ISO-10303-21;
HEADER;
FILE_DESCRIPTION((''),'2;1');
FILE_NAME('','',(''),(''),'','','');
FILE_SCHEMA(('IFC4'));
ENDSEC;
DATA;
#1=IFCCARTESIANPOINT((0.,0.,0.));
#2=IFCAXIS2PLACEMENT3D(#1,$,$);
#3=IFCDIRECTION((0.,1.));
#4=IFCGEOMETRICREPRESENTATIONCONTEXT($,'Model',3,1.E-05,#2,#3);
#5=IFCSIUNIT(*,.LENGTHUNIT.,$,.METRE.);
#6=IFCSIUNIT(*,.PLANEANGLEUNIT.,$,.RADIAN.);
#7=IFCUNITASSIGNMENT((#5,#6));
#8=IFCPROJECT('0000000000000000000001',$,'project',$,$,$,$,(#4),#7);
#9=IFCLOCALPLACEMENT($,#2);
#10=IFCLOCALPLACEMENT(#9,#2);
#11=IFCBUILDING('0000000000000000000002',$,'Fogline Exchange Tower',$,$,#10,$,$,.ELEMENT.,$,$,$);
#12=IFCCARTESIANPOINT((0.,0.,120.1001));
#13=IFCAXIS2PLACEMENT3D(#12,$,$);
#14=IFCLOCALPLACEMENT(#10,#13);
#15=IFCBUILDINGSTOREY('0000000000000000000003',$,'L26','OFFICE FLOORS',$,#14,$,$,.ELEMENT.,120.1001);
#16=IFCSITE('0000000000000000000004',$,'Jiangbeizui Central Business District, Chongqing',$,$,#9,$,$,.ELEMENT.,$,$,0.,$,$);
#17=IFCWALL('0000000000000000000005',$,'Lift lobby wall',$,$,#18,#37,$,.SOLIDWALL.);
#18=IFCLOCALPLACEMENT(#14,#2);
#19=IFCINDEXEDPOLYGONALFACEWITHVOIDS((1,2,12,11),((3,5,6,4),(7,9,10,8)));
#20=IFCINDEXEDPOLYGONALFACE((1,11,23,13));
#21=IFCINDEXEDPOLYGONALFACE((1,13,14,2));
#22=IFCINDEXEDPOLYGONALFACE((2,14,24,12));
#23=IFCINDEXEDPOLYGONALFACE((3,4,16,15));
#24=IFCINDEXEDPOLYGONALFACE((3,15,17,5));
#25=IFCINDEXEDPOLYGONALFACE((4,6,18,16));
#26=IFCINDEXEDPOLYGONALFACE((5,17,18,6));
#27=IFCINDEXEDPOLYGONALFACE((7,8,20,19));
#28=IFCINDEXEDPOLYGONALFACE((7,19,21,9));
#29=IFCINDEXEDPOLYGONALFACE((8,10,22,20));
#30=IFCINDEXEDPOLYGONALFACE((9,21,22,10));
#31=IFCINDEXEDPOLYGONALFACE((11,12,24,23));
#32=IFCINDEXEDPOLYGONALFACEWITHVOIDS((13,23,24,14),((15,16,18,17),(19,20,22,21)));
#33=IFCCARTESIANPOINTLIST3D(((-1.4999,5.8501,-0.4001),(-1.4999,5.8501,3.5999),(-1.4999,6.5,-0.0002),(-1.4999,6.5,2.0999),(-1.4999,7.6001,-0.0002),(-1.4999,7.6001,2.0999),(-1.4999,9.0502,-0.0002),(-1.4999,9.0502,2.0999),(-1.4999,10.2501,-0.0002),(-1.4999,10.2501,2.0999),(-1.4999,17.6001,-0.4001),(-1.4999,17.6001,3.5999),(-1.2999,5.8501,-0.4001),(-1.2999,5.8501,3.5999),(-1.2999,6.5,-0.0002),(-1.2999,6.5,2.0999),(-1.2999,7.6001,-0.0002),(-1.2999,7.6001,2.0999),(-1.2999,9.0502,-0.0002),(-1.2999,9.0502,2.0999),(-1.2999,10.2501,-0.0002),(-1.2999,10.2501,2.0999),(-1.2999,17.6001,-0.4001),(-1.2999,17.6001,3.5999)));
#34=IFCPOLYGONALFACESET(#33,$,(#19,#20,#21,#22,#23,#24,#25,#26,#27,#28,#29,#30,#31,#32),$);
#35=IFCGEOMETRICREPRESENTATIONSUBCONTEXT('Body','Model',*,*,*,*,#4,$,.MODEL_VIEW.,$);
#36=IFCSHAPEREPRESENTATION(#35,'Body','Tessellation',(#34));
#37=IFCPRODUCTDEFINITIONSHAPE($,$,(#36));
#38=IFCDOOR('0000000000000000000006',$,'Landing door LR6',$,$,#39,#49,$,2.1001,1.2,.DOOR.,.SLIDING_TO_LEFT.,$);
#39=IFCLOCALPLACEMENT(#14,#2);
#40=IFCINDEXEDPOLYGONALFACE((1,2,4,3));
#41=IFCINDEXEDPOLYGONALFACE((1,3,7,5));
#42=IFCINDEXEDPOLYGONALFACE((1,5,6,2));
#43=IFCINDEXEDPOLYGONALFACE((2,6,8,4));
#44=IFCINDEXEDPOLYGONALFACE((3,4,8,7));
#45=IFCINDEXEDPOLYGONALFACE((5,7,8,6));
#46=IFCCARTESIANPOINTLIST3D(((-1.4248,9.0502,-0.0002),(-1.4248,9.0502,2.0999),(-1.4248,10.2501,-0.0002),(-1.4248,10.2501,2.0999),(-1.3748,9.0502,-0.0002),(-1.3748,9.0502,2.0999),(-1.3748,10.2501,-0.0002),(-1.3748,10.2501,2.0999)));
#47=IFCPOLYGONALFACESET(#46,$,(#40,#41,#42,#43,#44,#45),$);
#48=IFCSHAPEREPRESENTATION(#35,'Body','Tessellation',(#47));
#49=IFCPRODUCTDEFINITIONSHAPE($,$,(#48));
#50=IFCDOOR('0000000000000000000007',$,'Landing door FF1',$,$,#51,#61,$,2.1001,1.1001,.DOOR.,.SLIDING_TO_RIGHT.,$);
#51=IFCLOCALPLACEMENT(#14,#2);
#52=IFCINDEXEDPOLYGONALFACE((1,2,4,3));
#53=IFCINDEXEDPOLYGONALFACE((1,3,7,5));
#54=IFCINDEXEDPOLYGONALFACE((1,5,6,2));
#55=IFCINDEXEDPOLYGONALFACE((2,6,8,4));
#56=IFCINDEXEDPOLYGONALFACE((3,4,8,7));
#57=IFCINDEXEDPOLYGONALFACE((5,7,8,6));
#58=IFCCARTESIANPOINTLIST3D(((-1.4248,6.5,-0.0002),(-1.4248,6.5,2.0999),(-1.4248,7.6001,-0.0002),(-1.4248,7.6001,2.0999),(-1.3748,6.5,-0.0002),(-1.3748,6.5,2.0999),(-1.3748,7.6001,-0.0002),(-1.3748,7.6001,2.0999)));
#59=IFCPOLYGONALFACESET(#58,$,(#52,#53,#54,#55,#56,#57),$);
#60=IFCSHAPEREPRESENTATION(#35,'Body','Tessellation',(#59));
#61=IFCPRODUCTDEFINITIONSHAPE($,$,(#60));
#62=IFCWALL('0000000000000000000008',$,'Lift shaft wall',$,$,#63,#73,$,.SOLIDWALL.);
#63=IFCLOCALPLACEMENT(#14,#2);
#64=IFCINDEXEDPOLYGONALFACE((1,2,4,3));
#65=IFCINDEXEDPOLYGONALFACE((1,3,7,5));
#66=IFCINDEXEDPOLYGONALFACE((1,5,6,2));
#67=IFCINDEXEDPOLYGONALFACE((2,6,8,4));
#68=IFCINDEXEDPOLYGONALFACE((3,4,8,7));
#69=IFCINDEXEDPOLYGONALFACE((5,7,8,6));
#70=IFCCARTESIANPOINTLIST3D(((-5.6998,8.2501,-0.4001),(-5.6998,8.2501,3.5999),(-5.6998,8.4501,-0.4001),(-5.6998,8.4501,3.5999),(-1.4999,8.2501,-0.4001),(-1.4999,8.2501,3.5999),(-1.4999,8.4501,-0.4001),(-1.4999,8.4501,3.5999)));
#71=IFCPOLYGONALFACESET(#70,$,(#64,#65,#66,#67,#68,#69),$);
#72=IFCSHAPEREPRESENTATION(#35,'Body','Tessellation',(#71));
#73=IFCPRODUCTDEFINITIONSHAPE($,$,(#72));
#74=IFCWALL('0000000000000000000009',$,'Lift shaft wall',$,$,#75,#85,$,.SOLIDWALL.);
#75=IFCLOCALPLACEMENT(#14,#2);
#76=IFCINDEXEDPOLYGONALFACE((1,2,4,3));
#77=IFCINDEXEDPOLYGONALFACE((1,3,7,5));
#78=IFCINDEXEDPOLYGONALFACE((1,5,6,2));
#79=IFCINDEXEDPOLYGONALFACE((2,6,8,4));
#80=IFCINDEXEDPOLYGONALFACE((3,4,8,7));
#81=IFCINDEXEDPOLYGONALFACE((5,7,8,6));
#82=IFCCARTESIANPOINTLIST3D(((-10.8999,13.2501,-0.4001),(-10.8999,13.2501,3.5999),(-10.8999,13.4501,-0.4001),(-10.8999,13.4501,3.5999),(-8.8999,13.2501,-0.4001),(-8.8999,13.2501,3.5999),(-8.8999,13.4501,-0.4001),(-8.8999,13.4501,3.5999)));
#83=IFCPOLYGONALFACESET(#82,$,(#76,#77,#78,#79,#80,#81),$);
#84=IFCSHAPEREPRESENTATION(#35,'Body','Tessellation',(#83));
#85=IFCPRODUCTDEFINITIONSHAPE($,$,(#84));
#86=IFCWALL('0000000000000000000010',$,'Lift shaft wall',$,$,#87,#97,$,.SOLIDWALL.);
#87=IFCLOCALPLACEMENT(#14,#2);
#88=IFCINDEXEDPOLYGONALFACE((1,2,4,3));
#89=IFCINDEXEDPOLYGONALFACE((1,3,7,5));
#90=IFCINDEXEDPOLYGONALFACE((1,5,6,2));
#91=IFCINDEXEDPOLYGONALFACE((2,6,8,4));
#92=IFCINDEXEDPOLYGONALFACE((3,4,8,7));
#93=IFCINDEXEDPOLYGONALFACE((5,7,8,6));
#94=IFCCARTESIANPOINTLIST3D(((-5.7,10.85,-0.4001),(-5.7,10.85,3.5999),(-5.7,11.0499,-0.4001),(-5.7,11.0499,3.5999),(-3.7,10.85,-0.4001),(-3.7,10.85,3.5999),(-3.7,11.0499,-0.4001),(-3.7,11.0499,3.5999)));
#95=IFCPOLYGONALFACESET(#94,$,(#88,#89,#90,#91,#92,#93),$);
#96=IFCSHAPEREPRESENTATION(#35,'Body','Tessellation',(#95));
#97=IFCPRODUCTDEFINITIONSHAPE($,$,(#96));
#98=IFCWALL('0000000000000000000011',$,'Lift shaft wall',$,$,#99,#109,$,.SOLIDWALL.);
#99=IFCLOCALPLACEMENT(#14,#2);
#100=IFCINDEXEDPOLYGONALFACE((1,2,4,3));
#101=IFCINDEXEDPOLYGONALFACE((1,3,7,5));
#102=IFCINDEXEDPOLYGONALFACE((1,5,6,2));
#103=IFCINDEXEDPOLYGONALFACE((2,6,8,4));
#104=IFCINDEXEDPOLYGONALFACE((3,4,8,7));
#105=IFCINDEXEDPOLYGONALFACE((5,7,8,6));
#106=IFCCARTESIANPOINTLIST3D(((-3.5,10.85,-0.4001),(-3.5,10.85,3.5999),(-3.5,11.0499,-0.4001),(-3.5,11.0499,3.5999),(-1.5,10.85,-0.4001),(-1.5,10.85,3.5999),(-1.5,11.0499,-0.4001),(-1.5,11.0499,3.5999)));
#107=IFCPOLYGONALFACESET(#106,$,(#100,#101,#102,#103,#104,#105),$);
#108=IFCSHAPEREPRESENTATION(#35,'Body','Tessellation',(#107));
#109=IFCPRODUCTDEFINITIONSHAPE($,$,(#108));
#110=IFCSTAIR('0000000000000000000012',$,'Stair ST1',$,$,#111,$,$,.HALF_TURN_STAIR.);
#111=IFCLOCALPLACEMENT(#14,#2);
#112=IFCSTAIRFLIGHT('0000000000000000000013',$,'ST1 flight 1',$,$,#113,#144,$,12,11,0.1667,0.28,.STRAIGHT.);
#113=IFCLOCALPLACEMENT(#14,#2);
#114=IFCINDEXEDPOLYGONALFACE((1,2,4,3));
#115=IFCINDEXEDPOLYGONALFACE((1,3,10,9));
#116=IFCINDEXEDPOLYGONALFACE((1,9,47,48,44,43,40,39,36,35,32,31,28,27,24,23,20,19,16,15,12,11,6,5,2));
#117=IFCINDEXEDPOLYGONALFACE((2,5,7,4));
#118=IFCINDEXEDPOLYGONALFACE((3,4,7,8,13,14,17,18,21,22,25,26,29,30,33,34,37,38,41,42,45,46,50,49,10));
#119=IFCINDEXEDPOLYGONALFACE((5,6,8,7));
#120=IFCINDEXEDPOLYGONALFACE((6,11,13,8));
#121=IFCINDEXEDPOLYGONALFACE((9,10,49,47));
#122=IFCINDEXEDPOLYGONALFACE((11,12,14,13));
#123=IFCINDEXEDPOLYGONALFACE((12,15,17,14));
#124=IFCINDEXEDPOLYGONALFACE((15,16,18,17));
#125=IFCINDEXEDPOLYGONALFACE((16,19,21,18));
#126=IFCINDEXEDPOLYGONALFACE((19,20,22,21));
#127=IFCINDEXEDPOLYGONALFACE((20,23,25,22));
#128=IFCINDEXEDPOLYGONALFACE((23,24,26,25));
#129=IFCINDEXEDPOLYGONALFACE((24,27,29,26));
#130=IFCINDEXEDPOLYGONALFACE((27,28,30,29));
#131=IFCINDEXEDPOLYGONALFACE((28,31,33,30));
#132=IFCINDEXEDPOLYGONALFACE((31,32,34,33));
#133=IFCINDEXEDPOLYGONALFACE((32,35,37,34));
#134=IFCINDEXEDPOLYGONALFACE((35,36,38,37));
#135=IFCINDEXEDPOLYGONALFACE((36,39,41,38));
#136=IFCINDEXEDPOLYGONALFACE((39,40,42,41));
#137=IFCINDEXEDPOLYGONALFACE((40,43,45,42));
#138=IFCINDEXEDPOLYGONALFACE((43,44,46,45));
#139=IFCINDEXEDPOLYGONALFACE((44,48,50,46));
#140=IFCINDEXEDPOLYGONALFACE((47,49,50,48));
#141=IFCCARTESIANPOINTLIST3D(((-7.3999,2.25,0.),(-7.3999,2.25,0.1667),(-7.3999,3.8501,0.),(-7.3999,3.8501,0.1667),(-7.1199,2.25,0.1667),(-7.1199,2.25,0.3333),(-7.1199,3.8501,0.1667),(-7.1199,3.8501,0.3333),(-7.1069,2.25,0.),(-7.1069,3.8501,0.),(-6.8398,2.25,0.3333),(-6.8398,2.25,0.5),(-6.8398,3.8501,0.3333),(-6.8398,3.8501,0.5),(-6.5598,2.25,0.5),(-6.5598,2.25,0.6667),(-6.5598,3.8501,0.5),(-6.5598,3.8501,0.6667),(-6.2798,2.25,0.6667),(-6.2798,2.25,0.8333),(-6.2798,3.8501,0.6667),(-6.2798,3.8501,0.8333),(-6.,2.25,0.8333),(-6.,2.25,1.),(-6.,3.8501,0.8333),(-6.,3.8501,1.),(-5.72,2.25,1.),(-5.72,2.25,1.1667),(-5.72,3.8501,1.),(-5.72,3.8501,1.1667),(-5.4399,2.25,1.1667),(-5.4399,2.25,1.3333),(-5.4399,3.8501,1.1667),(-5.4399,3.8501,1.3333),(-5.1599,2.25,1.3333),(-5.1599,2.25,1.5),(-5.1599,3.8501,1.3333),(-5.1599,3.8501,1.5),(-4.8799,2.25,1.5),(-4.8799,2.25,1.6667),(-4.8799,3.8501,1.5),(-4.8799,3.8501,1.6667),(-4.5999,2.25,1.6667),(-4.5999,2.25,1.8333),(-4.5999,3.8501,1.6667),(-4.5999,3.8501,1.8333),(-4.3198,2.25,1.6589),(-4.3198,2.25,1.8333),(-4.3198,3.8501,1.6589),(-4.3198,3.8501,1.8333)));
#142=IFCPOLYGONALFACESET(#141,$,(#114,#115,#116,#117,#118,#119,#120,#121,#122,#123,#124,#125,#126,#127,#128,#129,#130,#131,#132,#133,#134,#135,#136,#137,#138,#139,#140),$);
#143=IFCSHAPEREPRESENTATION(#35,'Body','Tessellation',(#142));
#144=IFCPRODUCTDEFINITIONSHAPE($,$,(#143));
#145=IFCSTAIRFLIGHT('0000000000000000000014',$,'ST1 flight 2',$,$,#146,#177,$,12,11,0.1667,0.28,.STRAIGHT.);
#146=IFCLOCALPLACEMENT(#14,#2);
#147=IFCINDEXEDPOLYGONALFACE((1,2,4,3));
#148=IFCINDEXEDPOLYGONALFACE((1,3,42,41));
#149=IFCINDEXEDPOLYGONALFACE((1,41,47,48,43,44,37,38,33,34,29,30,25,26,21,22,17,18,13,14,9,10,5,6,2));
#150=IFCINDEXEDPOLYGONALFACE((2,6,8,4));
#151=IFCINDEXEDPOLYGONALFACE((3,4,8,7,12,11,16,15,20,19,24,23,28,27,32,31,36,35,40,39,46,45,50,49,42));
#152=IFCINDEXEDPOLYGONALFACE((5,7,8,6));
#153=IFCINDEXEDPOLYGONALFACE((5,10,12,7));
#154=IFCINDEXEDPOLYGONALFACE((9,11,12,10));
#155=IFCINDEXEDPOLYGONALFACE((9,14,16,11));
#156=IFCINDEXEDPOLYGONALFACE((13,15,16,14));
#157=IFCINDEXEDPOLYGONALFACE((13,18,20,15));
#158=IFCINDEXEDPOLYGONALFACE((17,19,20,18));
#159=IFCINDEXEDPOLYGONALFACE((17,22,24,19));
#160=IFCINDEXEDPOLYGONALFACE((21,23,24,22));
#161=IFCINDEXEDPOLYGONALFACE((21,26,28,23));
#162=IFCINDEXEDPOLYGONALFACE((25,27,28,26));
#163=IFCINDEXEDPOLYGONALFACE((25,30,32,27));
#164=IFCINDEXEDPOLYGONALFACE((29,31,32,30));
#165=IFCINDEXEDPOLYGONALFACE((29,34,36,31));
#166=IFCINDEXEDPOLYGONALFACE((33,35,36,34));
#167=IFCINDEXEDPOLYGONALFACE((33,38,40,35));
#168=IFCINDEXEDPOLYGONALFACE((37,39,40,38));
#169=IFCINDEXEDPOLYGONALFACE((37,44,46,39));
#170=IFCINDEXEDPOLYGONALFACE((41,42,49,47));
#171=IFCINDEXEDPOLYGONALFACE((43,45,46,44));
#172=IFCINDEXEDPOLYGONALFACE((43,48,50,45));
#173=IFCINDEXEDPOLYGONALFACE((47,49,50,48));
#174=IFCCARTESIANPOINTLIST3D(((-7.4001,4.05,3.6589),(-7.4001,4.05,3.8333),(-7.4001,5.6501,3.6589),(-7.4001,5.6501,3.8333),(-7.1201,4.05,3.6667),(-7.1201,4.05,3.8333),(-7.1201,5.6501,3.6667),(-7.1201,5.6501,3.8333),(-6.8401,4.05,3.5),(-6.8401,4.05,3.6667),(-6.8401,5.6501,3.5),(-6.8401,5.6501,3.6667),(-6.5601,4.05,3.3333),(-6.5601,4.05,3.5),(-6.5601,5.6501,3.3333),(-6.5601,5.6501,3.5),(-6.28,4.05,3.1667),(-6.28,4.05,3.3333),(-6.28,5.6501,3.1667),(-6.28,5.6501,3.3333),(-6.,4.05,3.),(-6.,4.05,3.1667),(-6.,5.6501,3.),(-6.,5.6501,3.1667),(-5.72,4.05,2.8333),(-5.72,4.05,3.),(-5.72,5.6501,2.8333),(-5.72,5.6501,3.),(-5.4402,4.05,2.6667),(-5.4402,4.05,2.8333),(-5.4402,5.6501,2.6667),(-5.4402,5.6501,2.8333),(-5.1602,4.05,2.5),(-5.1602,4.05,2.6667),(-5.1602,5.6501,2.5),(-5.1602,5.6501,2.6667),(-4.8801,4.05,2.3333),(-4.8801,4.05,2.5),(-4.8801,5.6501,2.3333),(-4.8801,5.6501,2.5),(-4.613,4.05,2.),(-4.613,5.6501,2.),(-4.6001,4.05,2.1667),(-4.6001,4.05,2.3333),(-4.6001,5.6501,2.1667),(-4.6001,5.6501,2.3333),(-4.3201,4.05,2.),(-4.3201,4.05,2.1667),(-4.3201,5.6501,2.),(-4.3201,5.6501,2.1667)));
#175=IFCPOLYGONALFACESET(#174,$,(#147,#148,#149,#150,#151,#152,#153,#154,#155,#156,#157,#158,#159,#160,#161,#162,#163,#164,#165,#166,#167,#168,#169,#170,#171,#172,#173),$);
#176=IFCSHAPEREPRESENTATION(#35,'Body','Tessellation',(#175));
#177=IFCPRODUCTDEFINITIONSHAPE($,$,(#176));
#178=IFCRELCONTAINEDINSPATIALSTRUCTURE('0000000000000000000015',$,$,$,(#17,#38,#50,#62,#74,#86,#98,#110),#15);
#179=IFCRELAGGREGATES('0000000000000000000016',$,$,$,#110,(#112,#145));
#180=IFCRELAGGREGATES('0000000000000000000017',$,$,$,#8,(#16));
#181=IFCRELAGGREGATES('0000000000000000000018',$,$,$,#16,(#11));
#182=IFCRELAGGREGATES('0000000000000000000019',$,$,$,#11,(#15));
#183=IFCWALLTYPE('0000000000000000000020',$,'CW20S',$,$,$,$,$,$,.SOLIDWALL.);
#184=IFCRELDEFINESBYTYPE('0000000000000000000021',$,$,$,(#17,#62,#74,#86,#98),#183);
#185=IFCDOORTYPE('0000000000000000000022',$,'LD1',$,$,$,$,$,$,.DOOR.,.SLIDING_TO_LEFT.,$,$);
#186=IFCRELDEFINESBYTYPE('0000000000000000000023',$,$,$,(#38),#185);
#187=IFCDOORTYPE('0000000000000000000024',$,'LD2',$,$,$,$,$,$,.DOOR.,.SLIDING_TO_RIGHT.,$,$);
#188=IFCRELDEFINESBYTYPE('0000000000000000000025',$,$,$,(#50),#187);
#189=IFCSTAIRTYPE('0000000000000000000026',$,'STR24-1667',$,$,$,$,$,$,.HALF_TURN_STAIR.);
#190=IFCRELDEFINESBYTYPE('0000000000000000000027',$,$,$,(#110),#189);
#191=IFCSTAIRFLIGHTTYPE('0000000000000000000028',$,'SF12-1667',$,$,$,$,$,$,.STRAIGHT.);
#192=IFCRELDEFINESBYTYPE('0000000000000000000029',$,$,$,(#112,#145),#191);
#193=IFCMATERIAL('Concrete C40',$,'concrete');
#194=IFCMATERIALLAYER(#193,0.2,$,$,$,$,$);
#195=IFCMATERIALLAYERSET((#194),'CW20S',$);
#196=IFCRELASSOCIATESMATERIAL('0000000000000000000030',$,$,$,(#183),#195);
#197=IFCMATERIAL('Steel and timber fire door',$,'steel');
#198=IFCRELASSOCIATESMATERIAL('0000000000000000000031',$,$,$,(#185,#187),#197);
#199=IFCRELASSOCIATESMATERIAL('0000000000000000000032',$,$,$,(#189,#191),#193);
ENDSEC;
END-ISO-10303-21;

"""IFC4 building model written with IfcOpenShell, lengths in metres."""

from ifc_helpers import new_model, si_unit, direction, frame, frame_2d, origin, place, context, subcontext, project, spatial, polyline, rectangle, outline, extrude, material, layer, layer_set, type_object, element, fill, aggregate, save


model = new_model("IFC4")

# Units and contexts
model_context = context("Model", 3, precision=1e-05, world=origin(), true_north=direction((0.0, 1.0)))
body_context = subcontext(model_context, "Body", "Model", "MODEL_VIEW")
ifc_project = project(units=[si_unit("LENGTHUNIT", "METRE"), si_unit("PLANEANGLEUNIT", "RADIAN")], contexts=[model_context])

# Site, building, storey
site_placement = place(None, origin())
site = spatial("IfcSite", under=ifc_project, at=site_placement, Name="Jiangbeizui Central Business District, Chongqing", CompositionType="ELEMENT", RefElevation=0.0)
building_placement = place(site_placement, origin())
building = spatial("IfcBuilding", under=site, at=building_placement, Name="Fogline Exchange Tower", CompositionType="ELEMENT")
storey_placement = place(building_placement, frame((0.0, 0.0, 120.1001)))
storey = spatial("IfcBuildingStorey", under=building, at=storey_placement, Name="L26", Description="OFFICE FLOORS", CompositionType="ELEMENT", Elevation=120.1001)

# Shared definitions
ifc_material_1 = material(Name="Steel and timber fire door", Category="steel")

# Shared definitions
ifc_material_2 = material(Name="Concrete C40", Category="concrete")

# Shared definitions
ifc_layer_1 = layer(ifc_material_2, 0.2)
ifc_layer_set_1 = layer_set([ifc_layer_1], Name="CW20S")
wall_type_1 = type_object("IfcWallType", Name="CW20S", PredefinedType="SOLIDWALL", material=ifc_layer_set_1)
door_type_1 = type_object("IfcDoorType", Name="LD1", OperationType="SLIDING_TO_LEFT", PredefinedType="DOOR", material=ifc_material_1)

# Wall, openings, doors
wall_1_placement = place(storey_placement, frame((-1.3999, 5.8501, -0.4001), z_axis=(0.0, 0.0, 1.0), x_axis=(0.0, 1.0, 0.0)))
wall_1 = element("IfcWall", 1, at=wall_1_placement, inside=storey, type_object=wall_type_1, Name="Lift lobby wall", PredefinedType="SOLIDWALL", context=body_context, shape_type="SweptSolid", body=[
    extrude(rectangle(XDim=11.75, YDim=0.2, at=frame_2d((5.875, 0.0))), origin(), (0.0, 0.0, 1.0), 4.0),
])
opening_1_placement = place(wall_1_placement, frame((3.2, 0.0, 0.3999)))
opening_1 = element("IfcOpeningElement", 2, at=opening_1_placement, cuts=wall_1, PredefinedType="OPENING", context=body_context, shape_type="SweptSolid", body=[
    extrude(rectangle(XDim=1.2, YDim=2.1001, at=frame_2d((0.6001, 1.05))), frame((0.0, 0.1099, 0.0), z_axis=(0.0, -1.0, 0.0), x_axis=(1.0, 0.0, 0.0)), (0.0, 0.0, 1.0), 0.22),
])
opening_2_placement = place(wall_1_placement, frame((0.6499, 0.0, 0.3999)))
opening_2 = element("IfcOpeningElement", 3, at=opening_2_placement, cuts=wall_1, PredefinedType="OPENING", context=body_context, shape_type="SweptSolid", body=[
    extrude(rectangle(XDim=1.1001, YDim=2.1001, at=frame_2d((0.55, 1.05))), frame((0.0, 0.1099, 0.0), z_axis=(0.0, -1.0, 0.0), x_axis=(1.0, 0.0, 0.0)), (0.0, 0.0, 1.0), 0.22),
])
door_1_placement = place(opening_1_placement, origin())
door_1 = element("IfcDoor", 4, at=door_1_placement, inside=storey, type_object=door_type_1, Name="Landing door LR6", OperationType="SLIDING_TO_LEFT", OverallHeight=2.1001, OverallWidth=1.2, PredefinedType="DOOR", context=body_context, shape_type="SweptSolid", body=[
    extrude(rectangle(XDim=1.2, YDim=2.1001, at=frame_2d((0.6001, 1.05))), frame((0.0, 0.0249, 0.0), z_axis=(0.0, -1.0, 0.0), x_axis=(1.0, 0.0, 0.0)), (0.0, 0.0, 1.0), 0.05),
])
fill(opening_1, door_1)
door_type_2 = type_object("IfcDoorType", Name="LD2", OperationType="SLIDING_TO_RIGHT", PredefinedType="DOOR", material=ifc_material_1)
door_2_placement = place(opening_2_placement, origin())
door_2 = element("IfcDoor", 5, at=door_2_placement, inside=storey, type_object=door_type_2, Name="Landing door FF1", OperationType="SLIDING_TO_RIGHT", OverallHeight=2.1001, OverallWidth=1.1001, PredefinedType="DOOR", context=body_context, shape_type="SweptSolid", body=[
    extrude(rectangle(XDim=1.1001, YDim=2.1001, at=frame_2d((0.55, 1.05))), frame((0.0, 0.0249, 0.0), z_axis=(0.0, -1.0, 0.0), x_axis=(1.0, 0.0, 0.0)), (0.0, 0.0, 1.0), 0.05),
])
fill(opening_2, door_2)

# Walls
wall_2_placement = place(storey_placement, frame((-5.7, 8.3501, -0.4001), z_axis=(0.0, 0.0, 1.0), x_axis=(1.0, 0.0, 0.0)))
element("IfcWall", 6, at=wall_2_placement, inside=storey, type_object=wall_type_1, Name="Lift shaft wall", PredefinedType="SOLIDWALL", context=body_context, shape_type="SweptSolid", body=[
    extrude(rectangle(XDim=4.2, YDim=0.2, at=frame_2d((2.1001, 0.0))), origin(), (0.0, 0.0, 1.0), 4.0),
])
for number, where, z_axis, x_axis, name in (
    (7, (-10.8999, 13.3501, -0.4001), (0.0, 0.0, 1.0), (1.0, 0.0, 0.0), "Lift shaft wall"),
    (8, (-5.7, 10.95, -0.4001), (0.0, 0.0, 1.0), (1.0, 0.0, 0.0), "Lift shaft wall"),
    (9, (-3.5, 10.95, -0.4001), (0.0, 0.0, 1.0), (1.0, 0.0, 0.0), "Lift shaft wall"),
):
    element("IfcWall", number, at=place(storey_placement, frame(where, z_axis=z_axis, x_axis=x_axis)), inside=storey, type_object=wall_type_1, Name=name, PredefinedType="SOLIDWALL", context=body_context, shape_type="SweptSolid", body=[
        extrude(rectangle(XDim=2.0, YDim=0.2, at=frame_2d((1.0, 0.0))), origin(), (0.0, 0.0, 1.0), 4.0),
    ])

# Stair, stair flights
stair_type = type_object("IfcStairType", Name="STR24-1667", PredefinedType="HALF_TURN_STAIR", material=ifc_material_2)
stair_placement = place(storey_placement, origin())
stair = element("IfcStair", 10, at=stair_placement, inside=storey, type_object=stair_type, Name="Stair ST1", PredefinedType="HALF_TURN_STAIR")
stair_flight_type = type_object("IfcStairFlightType", Name="SF12-1667", PredefinedType="STRAIGHT", material=ifc_material_2)
stair_flight_1_placement = place(storey_placement, frame((-7.3999, 3.05, 0.0), z_axis=(0.0, 0.0, 1.0), x_axis=(1.0, 0.0, 0.0)))
stair_flight_1 = element("IfcStairFlight", 11, at=stair_flight_1_placement, type_object=stair_flight_type, Name="ST1 flight 1", NumberOfRisers=12, NumberOfTreads=11, PredefinedType="STRAIGHT", RiserHeight=0.1667, TreadLength=0.28, context=body_context, shape_type="SweptSolid", body=[
    extrude(outline(polyline([(0.0, 0.0), (0.0, 0.1667), (0.28, 0.1667), (0.28, 0.3333), (0.5601, 0.3333), (0.5601, 0.5), (0.8401, 0.5), (0.8401, 0.6667), (1.1201, 0.6667), (1.1201, 0.8333), (1.3999, 0.8333), (1.3999, 1.0), (1.6799, 1.0), (1.6799, 1.1667), (1.96, 1.1667), (1.96, 1.3333), (2.24, 1.3333), (2.24, 1.5), (2.52, 1.5), (2.52, 1.6667), (2.8, 1.6667), (2.8, 1.8333), (3.0801, 1.8333), (3.0801, 2.0), (3.0801, 1.6589), (0.293, 0.0), (0.0, 0.0)])), frame((0.0, 0.8, 0.0), z_axis=(0.0, -1.0, 0.0), x_axis=(1.0, 0.0, 0.0)), (0.0, 0.0, 1.0), 1.6001),
])
stair_flight_2_placement = place(storey_placement, frame((-4.3201, 4.8501, 2.0), z_axis=(0.0, 0.0, 1.0), x_axis=(-1.0, 0.0, 0.0)))
stair_flight_2 = element("IfcStairFlight", 12, at=stair_flight_2_placement, type_object=stair_flight_type, Name="ST1 flight 2", NumberOfRisers=12, NumberOfTreads=11, PredefinedType="STRAIGHT", RiserHeight=0.1667, TreadLength=0.28, context=body_context, shape_type="SweptSolid", body=[
    extrude(outline(polyline([(0.0, 0.0), (0.0, 0.1667), (0.28, 0.1667), (0.28, 0.3333), (0.5601, 0.3333), (0.5601, 0.5), (0.8401, 0.5), (0.8401, 0.6667), (1.1201, 0.6667), (1.1201, 0.8333), (1.3999, 0.8333), (1.3999, 1.0), (1.6799, 1.0), (1.6799, 1.1667), (1.96, 1.1667), (1.96, 1.3333), (2.24, 1.3333), (2.24, 1.5), (2.52, 1.5), (2.52, 1.6667), (2.8, 1.6667), (2.8, 1.8333), (3.0801, 1.8333), (3.0801, 2.0), (3.0801, 1.6589), (0.293, 0.0), (0.0, 0.0)])), frame((0.0, 0.8, 0.0), z_axis=(0.0, -1.0, 0.0), x_axis=(1.0, 0.0, 0.0)), (0.0, 0.0, 1.0), 1.6001),
])
aggregate(stair, [stair_flight_1, stair_flight_2])

save(model, "model.ifc")
